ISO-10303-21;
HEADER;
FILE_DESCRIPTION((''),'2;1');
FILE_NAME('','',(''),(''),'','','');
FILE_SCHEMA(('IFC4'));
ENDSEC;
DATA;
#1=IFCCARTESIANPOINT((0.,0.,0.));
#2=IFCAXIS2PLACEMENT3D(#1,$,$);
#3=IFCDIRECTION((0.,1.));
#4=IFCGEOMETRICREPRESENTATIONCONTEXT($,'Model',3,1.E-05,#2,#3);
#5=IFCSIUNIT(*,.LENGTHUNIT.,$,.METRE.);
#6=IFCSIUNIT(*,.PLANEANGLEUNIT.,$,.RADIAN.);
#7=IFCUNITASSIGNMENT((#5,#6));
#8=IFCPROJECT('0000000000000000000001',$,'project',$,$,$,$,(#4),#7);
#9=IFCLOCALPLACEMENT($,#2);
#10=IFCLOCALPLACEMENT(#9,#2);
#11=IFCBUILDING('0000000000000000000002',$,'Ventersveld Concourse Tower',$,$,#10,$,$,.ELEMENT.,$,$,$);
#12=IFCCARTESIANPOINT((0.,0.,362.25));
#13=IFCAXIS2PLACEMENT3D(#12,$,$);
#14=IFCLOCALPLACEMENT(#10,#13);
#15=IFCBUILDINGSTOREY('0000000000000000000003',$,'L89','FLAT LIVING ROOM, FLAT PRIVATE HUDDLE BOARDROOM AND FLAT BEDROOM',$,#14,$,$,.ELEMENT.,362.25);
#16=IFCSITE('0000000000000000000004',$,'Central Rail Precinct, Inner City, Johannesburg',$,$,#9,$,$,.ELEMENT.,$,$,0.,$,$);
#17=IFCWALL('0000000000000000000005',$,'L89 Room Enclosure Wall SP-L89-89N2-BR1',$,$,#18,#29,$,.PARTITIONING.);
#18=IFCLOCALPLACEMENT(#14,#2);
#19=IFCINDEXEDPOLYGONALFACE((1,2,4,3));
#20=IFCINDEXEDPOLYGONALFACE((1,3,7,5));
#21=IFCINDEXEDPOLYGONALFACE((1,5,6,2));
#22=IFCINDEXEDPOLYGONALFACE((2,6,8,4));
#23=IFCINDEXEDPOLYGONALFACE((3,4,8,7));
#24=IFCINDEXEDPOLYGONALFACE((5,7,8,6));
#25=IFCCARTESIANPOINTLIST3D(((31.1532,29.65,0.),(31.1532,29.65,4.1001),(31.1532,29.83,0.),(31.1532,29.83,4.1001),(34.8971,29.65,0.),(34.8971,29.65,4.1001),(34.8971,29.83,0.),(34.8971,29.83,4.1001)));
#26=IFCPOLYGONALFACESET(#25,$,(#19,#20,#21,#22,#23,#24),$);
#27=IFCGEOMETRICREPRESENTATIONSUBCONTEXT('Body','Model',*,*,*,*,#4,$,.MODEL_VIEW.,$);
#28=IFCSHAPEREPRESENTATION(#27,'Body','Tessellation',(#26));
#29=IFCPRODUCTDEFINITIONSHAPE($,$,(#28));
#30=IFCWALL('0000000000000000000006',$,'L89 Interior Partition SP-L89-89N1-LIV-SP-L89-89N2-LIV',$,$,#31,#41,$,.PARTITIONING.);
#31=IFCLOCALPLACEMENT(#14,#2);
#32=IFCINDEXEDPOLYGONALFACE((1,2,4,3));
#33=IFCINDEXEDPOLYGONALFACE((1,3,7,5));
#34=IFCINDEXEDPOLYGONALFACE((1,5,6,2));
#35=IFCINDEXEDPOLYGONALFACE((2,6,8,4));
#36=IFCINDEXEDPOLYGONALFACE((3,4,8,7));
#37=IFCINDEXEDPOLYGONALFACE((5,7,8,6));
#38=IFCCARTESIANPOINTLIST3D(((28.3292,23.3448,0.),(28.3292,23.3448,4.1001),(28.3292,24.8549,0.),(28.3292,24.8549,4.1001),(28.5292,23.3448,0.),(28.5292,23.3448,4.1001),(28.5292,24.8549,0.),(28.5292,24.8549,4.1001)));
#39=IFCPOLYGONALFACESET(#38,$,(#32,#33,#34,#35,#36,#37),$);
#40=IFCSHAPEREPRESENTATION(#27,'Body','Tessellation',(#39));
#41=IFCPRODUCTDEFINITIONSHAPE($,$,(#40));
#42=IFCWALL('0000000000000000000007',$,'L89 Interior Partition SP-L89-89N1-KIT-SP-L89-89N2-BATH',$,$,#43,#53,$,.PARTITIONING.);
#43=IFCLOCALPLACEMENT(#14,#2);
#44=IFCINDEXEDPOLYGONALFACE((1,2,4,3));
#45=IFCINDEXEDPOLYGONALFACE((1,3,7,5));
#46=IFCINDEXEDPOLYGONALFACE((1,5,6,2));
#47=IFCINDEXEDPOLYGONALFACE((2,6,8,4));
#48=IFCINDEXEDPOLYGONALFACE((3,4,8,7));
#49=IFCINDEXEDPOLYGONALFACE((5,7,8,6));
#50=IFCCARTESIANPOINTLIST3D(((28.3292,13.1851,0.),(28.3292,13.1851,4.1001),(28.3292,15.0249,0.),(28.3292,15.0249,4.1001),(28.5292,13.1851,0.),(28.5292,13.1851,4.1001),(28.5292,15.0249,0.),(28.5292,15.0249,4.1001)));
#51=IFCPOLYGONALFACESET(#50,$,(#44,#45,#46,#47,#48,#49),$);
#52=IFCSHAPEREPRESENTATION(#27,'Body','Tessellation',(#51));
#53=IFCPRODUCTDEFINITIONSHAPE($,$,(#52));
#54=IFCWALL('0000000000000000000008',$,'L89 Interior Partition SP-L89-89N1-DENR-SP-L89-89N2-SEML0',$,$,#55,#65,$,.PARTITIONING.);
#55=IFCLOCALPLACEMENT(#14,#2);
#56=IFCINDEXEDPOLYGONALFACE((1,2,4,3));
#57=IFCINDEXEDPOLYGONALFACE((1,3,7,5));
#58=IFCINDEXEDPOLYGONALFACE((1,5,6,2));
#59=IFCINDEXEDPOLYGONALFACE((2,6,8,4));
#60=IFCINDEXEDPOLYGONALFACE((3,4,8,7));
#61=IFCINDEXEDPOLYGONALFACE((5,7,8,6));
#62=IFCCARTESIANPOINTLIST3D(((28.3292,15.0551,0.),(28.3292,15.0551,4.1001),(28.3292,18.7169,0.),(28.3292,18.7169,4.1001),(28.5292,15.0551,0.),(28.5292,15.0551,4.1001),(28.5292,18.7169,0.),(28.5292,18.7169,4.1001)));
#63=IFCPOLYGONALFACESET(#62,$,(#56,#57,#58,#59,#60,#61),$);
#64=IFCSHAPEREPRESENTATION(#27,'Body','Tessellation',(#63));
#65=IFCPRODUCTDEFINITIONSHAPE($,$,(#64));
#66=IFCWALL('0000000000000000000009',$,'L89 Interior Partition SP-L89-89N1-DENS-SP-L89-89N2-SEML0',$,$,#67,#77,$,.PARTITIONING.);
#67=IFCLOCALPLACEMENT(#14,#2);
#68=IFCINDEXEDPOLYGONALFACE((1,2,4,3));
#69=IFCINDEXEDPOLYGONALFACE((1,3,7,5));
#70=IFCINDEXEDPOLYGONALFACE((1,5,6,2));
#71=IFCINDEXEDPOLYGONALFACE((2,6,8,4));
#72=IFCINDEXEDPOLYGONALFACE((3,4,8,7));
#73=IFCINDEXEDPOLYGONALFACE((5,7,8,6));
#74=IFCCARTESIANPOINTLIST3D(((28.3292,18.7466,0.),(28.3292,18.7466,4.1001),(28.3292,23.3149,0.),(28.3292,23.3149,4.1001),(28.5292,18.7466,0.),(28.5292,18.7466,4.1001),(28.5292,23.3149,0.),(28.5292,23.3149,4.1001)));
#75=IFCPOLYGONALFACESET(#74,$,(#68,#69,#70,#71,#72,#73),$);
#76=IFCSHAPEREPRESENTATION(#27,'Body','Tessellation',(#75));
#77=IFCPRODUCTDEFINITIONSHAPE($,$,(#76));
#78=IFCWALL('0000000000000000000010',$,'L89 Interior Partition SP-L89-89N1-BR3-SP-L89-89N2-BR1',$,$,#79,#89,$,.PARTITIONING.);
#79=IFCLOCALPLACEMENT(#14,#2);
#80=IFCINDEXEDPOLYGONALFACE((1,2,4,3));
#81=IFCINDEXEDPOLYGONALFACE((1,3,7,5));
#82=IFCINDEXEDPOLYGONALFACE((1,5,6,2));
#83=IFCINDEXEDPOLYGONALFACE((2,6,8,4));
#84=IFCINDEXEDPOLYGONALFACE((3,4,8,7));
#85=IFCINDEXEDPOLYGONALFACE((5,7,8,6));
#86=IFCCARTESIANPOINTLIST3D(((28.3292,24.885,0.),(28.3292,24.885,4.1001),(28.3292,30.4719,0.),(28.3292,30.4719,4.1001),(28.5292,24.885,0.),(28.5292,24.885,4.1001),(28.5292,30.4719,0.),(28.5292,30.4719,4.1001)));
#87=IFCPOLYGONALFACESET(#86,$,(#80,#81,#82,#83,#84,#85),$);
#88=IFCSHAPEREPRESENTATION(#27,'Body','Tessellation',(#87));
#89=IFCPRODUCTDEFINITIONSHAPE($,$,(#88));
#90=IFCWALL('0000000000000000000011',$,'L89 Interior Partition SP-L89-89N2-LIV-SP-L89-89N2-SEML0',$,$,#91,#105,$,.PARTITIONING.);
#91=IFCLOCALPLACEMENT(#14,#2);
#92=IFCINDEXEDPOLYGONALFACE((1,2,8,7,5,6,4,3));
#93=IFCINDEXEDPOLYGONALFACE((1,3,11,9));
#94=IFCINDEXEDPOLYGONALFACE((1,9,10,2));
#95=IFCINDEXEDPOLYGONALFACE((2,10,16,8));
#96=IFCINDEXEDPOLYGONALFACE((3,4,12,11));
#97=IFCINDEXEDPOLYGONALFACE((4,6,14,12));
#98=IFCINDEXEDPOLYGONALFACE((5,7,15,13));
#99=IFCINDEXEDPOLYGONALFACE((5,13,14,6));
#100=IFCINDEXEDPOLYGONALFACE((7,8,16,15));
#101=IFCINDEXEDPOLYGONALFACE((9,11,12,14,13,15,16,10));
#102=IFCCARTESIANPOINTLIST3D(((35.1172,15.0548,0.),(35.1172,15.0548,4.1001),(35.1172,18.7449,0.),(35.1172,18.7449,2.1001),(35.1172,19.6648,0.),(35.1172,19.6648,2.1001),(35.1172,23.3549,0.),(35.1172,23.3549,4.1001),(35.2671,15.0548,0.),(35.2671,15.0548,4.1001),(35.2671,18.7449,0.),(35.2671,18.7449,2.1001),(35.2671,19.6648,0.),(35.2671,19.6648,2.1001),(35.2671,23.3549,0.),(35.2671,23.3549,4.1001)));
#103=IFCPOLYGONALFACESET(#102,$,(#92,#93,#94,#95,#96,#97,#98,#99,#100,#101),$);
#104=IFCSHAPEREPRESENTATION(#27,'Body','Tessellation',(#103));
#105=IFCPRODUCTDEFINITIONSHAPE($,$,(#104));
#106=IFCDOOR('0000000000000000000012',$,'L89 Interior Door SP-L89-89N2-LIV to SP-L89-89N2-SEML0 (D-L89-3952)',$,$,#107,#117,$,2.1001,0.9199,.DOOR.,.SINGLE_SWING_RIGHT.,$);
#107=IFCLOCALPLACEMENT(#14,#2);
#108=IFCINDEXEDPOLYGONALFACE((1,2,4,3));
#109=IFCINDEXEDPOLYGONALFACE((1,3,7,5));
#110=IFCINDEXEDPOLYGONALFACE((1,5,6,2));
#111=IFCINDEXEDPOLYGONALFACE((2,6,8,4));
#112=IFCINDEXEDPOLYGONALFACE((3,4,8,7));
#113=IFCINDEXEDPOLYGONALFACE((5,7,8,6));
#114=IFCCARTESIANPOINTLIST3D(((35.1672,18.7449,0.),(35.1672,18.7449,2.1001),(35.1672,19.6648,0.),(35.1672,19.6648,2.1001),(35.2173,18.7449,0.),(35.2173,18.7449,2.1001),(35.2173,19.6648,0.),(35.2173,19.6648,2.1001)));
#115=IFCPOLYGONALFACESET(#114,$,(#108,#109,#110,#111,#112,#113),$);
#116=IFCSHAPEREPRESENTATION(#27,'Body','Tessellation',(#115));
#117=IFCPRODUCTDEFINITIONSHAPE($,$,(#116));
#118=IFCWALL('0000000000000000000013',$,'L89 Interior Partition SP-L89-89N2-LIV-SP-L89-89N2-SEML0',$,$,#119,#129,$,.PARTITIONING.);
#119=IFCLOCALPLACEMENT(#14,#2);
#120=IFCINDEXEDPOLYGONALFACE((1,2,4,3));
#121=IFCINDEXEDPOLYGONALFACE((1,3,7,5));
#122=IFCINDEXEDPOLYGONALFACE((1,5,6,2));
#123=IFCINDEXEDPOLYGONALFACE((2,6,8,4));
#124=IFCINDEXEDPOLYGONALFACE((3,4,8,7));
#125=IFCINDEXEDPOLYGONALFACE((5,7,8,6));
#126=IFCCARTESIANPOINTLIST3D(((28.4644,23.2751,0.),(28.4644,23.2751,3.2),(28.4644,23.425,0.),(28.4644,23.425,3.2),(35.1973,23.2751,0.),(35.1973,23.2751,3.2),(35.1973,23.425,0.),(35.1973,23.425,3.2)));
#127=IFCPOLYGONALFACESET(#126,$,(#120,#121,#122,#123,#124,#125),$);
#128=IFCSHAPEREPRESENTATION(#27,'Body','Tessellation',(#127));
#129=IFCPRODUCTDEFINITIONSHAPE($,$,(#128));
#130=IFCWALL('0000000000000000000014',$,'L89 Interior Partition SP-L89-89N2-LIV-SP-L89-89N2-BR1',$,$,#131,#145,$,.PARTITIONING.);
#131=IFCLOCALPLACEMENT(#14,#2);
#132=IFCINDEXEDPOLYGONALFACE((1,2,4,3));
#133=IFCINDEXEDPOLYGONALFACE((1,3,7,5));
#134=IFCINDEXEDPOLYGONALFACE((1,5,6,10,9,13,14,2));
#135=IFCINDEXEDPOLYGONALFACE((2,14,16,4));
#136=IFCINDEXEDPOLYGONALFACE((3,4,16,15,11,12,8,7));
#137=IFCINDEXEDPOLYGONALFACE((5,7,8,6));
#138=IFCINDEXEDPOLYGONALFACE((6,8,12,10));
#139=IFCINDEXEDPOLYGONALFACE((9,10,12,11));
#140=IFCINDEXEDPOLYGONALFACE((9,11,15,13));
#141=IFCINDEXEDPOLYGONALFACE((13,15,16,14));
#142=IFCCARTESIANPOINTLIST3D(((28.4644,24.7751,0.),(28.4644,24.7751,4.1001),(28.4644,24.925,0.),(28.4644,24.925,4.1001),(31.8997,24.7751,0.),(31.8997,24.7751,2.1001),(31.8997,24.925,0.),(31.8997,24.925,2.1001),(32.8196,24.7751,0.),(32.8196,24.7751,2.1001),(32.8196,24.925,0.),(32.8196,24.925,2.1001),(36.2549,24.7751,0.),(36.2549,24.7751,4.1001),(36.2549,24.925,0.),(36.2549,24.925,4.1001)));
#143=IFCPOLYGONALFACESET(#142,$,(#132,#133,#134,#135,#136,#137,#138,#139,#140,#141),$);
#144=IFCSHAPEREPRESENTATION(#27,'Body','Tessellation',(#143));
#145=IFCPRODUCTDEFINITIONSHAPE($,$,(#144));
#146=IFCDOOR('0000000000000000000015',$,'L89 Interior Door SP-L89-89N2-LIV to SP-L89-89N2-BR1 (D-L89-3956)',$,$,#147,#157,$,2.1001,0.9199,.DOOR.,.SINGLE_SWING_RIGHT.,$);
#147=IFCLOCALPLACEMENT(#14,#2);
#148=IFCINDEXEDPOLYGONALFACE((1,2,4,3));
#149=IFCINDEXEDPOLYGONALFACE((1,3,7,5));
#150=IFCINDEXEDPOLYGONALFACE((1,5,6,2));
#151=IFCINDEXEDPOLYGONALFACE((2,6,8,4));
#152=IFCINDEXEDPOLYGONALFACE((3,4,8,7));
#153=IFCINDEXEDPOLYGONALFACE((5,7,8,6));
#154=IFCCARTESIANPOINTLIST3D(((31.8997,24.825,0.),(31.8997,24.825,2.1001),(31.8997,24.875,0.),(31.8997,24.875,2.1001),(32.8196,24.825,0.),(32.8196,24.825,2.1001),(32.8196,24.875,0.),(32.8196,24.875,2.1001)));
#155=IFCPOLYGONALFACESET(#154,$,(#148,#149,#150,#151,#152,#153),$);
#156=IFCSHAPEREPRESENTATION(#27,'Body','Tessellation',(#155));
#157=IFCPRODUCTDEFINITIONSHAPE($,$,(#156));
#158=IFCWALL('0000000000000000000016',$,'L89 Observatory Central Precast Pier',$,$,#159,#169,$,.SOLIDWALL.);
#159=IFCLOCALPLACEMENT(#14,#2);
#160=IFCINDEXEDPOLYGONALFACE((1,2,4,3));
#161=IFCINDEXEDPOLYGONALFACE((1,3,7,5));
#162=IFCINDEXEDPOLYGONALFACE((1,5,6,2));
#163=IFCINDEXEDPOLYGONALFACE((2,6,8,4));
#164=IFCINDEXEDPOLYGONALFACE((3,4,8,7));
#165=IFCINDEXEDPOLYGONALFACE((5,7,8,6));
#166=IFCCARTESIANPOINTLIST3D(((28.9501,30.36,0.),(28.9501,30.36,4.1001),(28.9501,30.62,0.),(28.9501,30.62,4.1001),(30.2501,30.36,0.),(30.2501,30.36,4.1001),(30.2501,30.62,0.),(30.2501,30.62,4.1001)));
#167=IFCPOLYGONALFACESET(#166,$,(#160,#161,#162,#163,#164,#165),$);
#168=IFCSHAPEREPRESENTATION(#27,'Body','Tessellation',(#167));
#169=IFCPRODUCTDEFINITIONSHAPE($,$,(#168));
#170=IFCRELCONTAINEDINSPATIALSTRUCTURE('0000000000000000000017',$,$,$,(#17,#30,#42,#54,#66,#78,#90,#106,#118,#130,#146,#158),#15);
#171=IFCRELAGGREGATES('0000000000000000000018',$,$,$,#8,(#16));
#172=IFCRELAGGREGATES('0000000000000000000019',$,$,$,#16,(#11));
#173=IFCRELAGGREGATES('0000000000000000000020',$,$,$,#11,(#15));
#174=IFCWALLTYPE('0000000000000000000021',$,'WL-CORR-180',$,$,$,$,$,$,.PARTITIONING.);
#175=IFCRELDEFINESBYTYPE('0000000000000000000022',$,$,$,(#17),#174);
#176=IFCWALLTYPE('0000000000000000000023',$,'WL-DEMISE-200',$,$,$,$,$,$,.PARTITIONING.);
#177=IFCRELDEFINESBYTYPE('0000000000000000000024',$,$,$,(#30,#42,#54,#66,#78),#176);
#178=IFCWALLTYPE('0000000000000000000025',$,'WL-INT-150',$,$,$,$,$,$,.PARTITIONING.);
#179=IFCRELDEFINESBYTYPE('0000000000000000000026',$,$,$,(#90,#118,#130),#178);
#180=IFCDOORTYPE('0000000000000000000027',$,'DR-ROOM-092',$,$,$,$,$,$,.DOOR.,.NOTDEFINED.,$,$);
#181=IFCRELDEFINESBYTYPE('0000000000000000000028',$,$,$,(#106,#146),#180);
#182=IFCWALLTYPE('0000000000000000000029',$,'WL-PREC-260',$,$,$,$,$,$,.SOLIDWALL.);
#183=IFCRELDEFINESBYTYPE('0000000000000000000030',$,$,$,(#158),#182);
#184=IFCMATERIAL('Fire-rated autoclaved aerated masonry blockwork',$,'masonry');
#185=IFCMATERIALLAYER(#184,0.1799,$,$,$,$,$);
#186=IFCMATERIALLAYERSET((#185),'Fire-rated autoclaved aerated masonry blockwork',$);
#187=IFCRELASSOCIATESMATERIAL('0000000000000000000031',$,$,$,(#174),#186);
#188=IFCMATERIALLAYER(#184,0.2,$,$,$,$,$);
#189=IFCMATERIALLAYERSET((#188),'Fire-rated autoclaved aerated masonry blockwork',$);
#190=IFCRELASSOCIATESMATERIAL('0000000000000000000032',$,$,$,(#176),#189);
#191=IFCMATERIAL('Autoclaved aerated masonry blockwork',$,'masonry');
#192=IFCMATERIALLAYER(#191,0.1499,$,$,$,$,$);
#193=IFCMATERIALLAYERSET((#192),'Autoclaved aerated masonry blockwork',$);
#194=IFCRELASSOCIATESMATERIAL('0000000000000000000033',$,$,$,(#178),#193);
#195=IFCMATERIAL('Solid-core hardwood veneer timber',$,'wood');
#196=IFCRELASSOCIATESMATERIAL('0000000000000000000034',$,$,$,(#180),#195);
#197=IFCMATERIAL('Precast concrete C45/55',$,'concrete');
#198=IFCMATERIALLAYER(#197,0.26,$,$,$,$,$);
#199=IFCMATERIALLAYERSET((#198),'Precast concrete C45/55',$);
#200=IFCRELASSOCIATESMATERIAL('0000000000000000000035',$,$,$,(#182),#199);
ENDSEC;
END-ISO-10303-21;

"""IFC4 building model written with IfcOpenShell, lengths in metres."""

from ifc_helpers import new_model, si_unit, direction, frame, frame_2d, origin, place, context, subcontext, project, spatial, rectangle, extrude, material, layer, layer_set, type_object, element, fill, save


model = new_model("IFC4")

# Units and contexts
model_context = context("Model", 3, precision=1e-05, world=origin(), true_north=direction((0.0, 1.0)))
body_context = subcontext(model_context, "Body", "Model", "MODEL_VIEW")
ifc_project = project(units=[si_unit("LENGTHUNIT", "METRE"), si_unit("PLANEANGLEUNIT", "RADIAN")], contexts=[model_context])

# Site, building, storey
site_placement = place(None, origin())
site = spatial("IfcSite", under=ifc_project, at=site_placement, Name="Central Rail Precinct, Inner City, Johannesburg", CompositionType="ELEMENT", RefElevation=0.0)
building_placement = place(site_placement, origin())
building = spatial("IfcBuilding", under=site, at=building_placement, Name="Ventersveld Concourse Tower", CompositionType="ELEMENT")
storey_placement = place(building_placement, frame((0.0, 0.0, 362.25)))
storey = spatial("IfcBuildingStorey", under=building, at=storey_placement, Name="L89", Description="FLAT LIVING ROOM, FLAT PRIVATE HUDDLE BOARDROOM AND FLAT BEDROOM", CompositionType="ELEMENT", Elevation=362.25)

# Shared definitions
ifc_material_1 = material(Name="Fire-rated autoclaved aerated masonry blockwork", Category="masonry")
ifc_layer_1 = layer(ifc_material_1, 0.1799)
ifc_layer_set_1 = layer_set([ifc_layer_1], Name="Fire-rated autoclaved aerated masonry blockwork")
wall_type_1 = type_object("IfcWallType", Name="WL-CORR-180", PredefinedType="PARTITIONING", material=ifc_layer_set_1)
ifc_material_2 = material(Name="Solid-core hardwood veneer timber", Category="wood")

# Walls
wall_1_placement = place(storey_placement, frame((31.1531, 29.74, 0.0), z_axis=(0.0, 0.0, 1.0), x_axis=(1.0, 0.0, 0.0)))
element("IfcWall", 1, at=wall_1_placement, inside=storey, type_object=wall_type_1, Name="L89 Room Enclosure Wall SP-L89-89N2-BR1", PredefinedType="PARTITIONING", context=body_context, shape_type="SweptSolid", body=[
    extrude(rectangle(XDim=3.7439, YDim=0.1799, at=frame_2d((1.8721, 0.0))), origin(), (0.0, 0.0, 1.0), 4.1001),
])
ifc_layer_2 = layer(ifc_material_1, 0.2)
ifc_layer_set_2 = layer_set([ifc_layer_2], Name="Fire-rated autoclaved aerated masonry blockwork")
wall_type_2 = type_object("IfcWallType", Name="WL-DEMISE-200", PredefinedType="PARTITIONING", material=ifc_layer_set_2)
wall_2_placement = place(storey_placement, frame((28.4292, 23.345, 0.0), z_axis=(0.0, 0.0, 1.0), x_axis=(0.0, 1.0, 0.0)))
element("IfcWall", 2, at=wall_2_placement, inside=storey, type_object=wall_type_2, Name="L89 Interior Partition SP-L89-89N1-LIV-SP-L89-89N2-LIV", PredefinedType="PARTITIONING", context=body_context, shape_type="SweptSolid", body=[
    extrude(rectangle(XDim=1.51, YDim=0.2, at=frame_2d((0.7549, 0.0))), origin(), (0.0, 0.0, 1.0), 4.1001),
])
wall_3_placement = place(storey_placement, frame((28.4292, 13.1851, 0.0), z_axis=(0.0, 0.0, 1.0), x_axis=(0.0, 1.0, 0.0)))
element("IfcWall", 3, at=wall_3_placement, inside=storey, type_object=wall_type_2, Name="L89 Interior Partition SP-L89-89N1-KIT-SP-L89-89N2-BATH", PredefinedType="PARTITIONING", context=body_context, shape_type="SweptSolid", body=[
    extrude(rectangle(XDim=1.8398, YDim=0.2, at=frame_2d((0.9199, 0.0))), origin(), (0.0, 0.0, 1.0), 4.1001),
])
wall_4_placement = place(storey_placement, frame((28.4292, 15.0549, 0.0), z_axis=(0.0, 0.0, 1.0), x_axis=(0.0, 1.0, 0.0)))
element("IfcWall", 4, at=wall_4_placement, inside=storey, type_object=wall_type_2, Name="L89 Interior Partition SP-L89-89N1-DENR-SP-L89-89N2-SEML0", PredefinedType="PARTITIONING", context=body_context, shape_type="SweptSolid", body=[
    extrude(rectangle(XDim=3.6619, YDim=0.2, at=frame_2d((1.8311, 0.0))), origin(), (0.0, 0.0, 1.0), 4.1001),
])
wall_5_placement = place(storey_placement, frame((28.4292, 18.7466, 0.0), z_axis=(0.0, 0.0, 1.0), x_axis=(0.0, 1.0, 0.0)))
element("IfcWall", 5, at=wall_5_placement, inside=storey, type_object=wall_type_2, Name="L89 Interior Partition SP-L89-89N1-DENS-SP-L89-89N2-SEML0", PredefinedType="PARTITIONING", context=body_context, shape_type="SweptSolid", body=[
    extrude(rectangle(XDim=4.5684, YDim=0.2, at=frame_2d((2.2842, 0.0))), origin(), (0.0, 0.0, 1.0), 4.1001),
])
wall_6_placement = place(storey_placement, frame((28.4292, 24.885, 0.0), z_axis=(0.0, 0.0, 1.0), x_axis=(0.0, 1.0, 0.0)))
element("IfcWall", 6, at=wall_6_placement, inside=storey, type_object=wall_type_2, Name="L89 Interior Partition SP-L89-89N1-BR3-SP-L89-89N2-BR1", PredefinedType="PARTITIONING", context=body_context, shape_type="SweptSolid", body=[
    extrude(rectangle(XDim=5.5869, YDim=0.2, at=frame_2d((2.7935, 0.0))), origin(), (0.0, 0.0, 1.0), 4.1001),
])

# Wall, opening, door
ifc_material_3 = material(Name="Autoclaved aerated masonry blockwork", Category="masonry")
ifc_layer_3 = layer(ifc_material_3, 0.1499)
ifc_layer_set_3 = layer_set([ifc_layer_3], Name="Autoclaved aerated masonry blockwork")
wall_type_3 = type_object("IfcWallType", Name="WL-INT-150", PredefinedType="PARTITIONING", material=ifc_layer_set_3)
wall_7_placement = place(storey_placement, frame((35.1921, 15.0549, 0.0), z_axis=(0.0, 0.0, 1.0), x_axis=(0.0, 1.0, 0.0)))
wall_7 = element("IfcWall", 7, at=wall_7_placement, inside=storey, type_object=wall_type_3, Name="L89 Interior Partition SP-L89-89N2-LIV-SP-L89-89N2-SEML0", PredefinedType="PARTITIONING", context=body_context, shape_type="SweptSolid", body=[
    extrude(rectangle(XDim=8.3, YDim=0.1499, at=frame_2d((4.1499, 0.0))), origin(), (0.0, 0.0, 1.0), 4.1001),
])
opening_1_placement = place(wall_7_placement, frame((3.6899, 0.0, 0.0)))
opening_1 = element("IfcOpeningElement", 8, at=opening_1_placement, cuts=wall_7, PredefinedType="OPENING", context=body_context, shape_type="SweptSolid", body=[
    extrude(rectangle(XDim=0.9199, YDim=2.1001, at=frame_2d((0.46, 1.05))), frame((0.0, 0.085, 0.0), z_axis=(0.0, -1.0, 0.0), x_axis=(1.0, 0.0, 0.0)), (0.0, 0.0, 1.0), 0.1699),
])
door_type_1 = type_object("IfcDoorType", Name="DR-ROOM-092", OperationType="NOTDEFINED", PredefinedType="DOOR", material=ifc_material_2)
door_1_placement = place(opening_1_placement, origin())
door_1 = element("IfcDoor", 9, at=door_1_placement, inside=storey, type_object=door_type_1, Name="L89 Interior Door SP-L89-89N2-LIV to SP-L89-89N2-SEML0 (D-L89-3952)", OperationType="SINGLE_SWING_RIGHT", OverallHeight=2.1001, OverallWidth=0.9199, PredefinedType="DOOR", context=body_context, shape_type="SweptSolid", body=[
    extrude(rectangle(XDim=0.9199, YDim=2.1001, at=frame_2d((0.46, 1.05))), frame((0.0, 0.0249, 0.0), z_axis=(0.0, -1.0, 0.0), x_axis=(1.0, 0.0, 0.0)), (0.0, 0.0, 1.0), 0.05),
])
fill(opening_1, door_1)

# Wall
wall_8_placement = place(storey_placement, frame((28.4644, 23.3501, 0.0), z_axis=(0.0, 0.0, 1.0), x_axis=(1.0, 0.0, 0.0)))
element("IfcWall", 10, at=wall_8_placement, inside=storey, type_object=wall_type_3, Name="L89 Interior Partition SP-L89-89N2-LIV-SP-L89-89N2-SEML0", PredefinedType="PARTITIONING", context=body_context, shape_type="SweptSolid", body=[
    extrude(rectangle(XDim=6.7329, YDim=0.1499, at=frame_2d((3.3665, 0.0))), origin(), (0.0, 0.0, 1.0), 3.2),
])

# Wall, opening, door
wall_9_placement = place(storey_placement, frame((28.4644, 24.8501, 0.0), z_axis=(0.0, 0.0, 1.0), x_axis=(1.0, 0.0, 0.0)))
wall_9 = element("IfcWall", 11, at=wall_9_placement, inside=storey, type_object=wall_type_3, Name="L89 Interior Partition SP-L89-89N2-LIV-SP-L89-89N2-BR1", PredefinedType="PARTITIONING", context=body_context, shape_type="SweptSolid", body=[
    extrude(rectangle(XDim=7.7905, YDim=0.1499, at=frame_2d((3.8953, 0.0))), origin(), (0.0, 0.0, 1.0), 4.1001),
])
opening_2_placement = place(wall_9_placement, frame((3.4353, 0.0, 0.0)))
opening_2 = element("IfcOpeningElement", 12, at=opening_2_placement, cuts=wall_9, PredefinedType="OPENING", context=body_context, shape_type="SweptSolid", body=[
    extrude(rectangle(XDim=0.9199, YDim=2.1001, at=frame_2d((0.46, 1.05))), frame((0.0, 0.085, 0.0), z_axis=(0.0, -1.0, 0.0), x_axis=(1.0, 0.0, 0.0)), (0.0, 0.0, 1.0), 0.1699),
])
door_2_placement = place(opening_2_placement, origin())
door_2 = element("IfcDoor", 13, at=door_2_placement, inside=storey, type_object=door_type_1, Name="L89 Interior Door SP-L89-89N2-LIV to SP-L89-89N2-BR1 (D-L89-3956)", OperationType="SINGLE_SWING_RIGHT", OverallHeight=2.1001, OverallWidth=0.9199, PredefinedType="DOOR", context=body_context, shape_type="SweptSolid", body=[
    extrude(rectangle(XDim=0.9199, YDim=2.1001, at=frame_2d((0.46, 1.05))), frame((0.0, 0.0249, 0.0), z_axis=(0.0, -1.0, 0.0), x_axis=(1.0, 0.0, 0.0)), (0.0, 0.0, 1.0), 0.05),
])
fill(opening_2, door_2)

# Wall
ifc_material_4 = material(Name="Precast concrete C45/55", Category="concrete")
ifc_layer_4 = layer(ifc_material_4, 0.26)
ifc_layer_set_4 = layer_set([ifc_layer_4], Name="Precast concrete C45/55")
wall_type_4 = type_object("IfcWallType", Name="WL-PREC-260", PredefinedType="SOLIDWALL", material=ifc_layer_set_4)
wall_10_placement = place(storey_placement, frame((30.25, 30.49, 0.0), z_axis=(0.0, 0.0, 1.0), x_axis=(-1.0, 0.0, 0.0)))
element("IfcWall", 14, at=wall_10_placement, inside=storey, type_object=wall_type_4, Name="L89 Observatory Central Precast Pier", PredefinedType="SOLIDWALL", context=body_context, shape_type="SweptSolid", body=[
    extrude(rectangle(XDim=1.3, YDim=0.26, at=frame_2d((0.6499, 0.0))), origin(), (0.0, 0.0, 1.0), 4.1001),
])

save(model, "model.ifc")
